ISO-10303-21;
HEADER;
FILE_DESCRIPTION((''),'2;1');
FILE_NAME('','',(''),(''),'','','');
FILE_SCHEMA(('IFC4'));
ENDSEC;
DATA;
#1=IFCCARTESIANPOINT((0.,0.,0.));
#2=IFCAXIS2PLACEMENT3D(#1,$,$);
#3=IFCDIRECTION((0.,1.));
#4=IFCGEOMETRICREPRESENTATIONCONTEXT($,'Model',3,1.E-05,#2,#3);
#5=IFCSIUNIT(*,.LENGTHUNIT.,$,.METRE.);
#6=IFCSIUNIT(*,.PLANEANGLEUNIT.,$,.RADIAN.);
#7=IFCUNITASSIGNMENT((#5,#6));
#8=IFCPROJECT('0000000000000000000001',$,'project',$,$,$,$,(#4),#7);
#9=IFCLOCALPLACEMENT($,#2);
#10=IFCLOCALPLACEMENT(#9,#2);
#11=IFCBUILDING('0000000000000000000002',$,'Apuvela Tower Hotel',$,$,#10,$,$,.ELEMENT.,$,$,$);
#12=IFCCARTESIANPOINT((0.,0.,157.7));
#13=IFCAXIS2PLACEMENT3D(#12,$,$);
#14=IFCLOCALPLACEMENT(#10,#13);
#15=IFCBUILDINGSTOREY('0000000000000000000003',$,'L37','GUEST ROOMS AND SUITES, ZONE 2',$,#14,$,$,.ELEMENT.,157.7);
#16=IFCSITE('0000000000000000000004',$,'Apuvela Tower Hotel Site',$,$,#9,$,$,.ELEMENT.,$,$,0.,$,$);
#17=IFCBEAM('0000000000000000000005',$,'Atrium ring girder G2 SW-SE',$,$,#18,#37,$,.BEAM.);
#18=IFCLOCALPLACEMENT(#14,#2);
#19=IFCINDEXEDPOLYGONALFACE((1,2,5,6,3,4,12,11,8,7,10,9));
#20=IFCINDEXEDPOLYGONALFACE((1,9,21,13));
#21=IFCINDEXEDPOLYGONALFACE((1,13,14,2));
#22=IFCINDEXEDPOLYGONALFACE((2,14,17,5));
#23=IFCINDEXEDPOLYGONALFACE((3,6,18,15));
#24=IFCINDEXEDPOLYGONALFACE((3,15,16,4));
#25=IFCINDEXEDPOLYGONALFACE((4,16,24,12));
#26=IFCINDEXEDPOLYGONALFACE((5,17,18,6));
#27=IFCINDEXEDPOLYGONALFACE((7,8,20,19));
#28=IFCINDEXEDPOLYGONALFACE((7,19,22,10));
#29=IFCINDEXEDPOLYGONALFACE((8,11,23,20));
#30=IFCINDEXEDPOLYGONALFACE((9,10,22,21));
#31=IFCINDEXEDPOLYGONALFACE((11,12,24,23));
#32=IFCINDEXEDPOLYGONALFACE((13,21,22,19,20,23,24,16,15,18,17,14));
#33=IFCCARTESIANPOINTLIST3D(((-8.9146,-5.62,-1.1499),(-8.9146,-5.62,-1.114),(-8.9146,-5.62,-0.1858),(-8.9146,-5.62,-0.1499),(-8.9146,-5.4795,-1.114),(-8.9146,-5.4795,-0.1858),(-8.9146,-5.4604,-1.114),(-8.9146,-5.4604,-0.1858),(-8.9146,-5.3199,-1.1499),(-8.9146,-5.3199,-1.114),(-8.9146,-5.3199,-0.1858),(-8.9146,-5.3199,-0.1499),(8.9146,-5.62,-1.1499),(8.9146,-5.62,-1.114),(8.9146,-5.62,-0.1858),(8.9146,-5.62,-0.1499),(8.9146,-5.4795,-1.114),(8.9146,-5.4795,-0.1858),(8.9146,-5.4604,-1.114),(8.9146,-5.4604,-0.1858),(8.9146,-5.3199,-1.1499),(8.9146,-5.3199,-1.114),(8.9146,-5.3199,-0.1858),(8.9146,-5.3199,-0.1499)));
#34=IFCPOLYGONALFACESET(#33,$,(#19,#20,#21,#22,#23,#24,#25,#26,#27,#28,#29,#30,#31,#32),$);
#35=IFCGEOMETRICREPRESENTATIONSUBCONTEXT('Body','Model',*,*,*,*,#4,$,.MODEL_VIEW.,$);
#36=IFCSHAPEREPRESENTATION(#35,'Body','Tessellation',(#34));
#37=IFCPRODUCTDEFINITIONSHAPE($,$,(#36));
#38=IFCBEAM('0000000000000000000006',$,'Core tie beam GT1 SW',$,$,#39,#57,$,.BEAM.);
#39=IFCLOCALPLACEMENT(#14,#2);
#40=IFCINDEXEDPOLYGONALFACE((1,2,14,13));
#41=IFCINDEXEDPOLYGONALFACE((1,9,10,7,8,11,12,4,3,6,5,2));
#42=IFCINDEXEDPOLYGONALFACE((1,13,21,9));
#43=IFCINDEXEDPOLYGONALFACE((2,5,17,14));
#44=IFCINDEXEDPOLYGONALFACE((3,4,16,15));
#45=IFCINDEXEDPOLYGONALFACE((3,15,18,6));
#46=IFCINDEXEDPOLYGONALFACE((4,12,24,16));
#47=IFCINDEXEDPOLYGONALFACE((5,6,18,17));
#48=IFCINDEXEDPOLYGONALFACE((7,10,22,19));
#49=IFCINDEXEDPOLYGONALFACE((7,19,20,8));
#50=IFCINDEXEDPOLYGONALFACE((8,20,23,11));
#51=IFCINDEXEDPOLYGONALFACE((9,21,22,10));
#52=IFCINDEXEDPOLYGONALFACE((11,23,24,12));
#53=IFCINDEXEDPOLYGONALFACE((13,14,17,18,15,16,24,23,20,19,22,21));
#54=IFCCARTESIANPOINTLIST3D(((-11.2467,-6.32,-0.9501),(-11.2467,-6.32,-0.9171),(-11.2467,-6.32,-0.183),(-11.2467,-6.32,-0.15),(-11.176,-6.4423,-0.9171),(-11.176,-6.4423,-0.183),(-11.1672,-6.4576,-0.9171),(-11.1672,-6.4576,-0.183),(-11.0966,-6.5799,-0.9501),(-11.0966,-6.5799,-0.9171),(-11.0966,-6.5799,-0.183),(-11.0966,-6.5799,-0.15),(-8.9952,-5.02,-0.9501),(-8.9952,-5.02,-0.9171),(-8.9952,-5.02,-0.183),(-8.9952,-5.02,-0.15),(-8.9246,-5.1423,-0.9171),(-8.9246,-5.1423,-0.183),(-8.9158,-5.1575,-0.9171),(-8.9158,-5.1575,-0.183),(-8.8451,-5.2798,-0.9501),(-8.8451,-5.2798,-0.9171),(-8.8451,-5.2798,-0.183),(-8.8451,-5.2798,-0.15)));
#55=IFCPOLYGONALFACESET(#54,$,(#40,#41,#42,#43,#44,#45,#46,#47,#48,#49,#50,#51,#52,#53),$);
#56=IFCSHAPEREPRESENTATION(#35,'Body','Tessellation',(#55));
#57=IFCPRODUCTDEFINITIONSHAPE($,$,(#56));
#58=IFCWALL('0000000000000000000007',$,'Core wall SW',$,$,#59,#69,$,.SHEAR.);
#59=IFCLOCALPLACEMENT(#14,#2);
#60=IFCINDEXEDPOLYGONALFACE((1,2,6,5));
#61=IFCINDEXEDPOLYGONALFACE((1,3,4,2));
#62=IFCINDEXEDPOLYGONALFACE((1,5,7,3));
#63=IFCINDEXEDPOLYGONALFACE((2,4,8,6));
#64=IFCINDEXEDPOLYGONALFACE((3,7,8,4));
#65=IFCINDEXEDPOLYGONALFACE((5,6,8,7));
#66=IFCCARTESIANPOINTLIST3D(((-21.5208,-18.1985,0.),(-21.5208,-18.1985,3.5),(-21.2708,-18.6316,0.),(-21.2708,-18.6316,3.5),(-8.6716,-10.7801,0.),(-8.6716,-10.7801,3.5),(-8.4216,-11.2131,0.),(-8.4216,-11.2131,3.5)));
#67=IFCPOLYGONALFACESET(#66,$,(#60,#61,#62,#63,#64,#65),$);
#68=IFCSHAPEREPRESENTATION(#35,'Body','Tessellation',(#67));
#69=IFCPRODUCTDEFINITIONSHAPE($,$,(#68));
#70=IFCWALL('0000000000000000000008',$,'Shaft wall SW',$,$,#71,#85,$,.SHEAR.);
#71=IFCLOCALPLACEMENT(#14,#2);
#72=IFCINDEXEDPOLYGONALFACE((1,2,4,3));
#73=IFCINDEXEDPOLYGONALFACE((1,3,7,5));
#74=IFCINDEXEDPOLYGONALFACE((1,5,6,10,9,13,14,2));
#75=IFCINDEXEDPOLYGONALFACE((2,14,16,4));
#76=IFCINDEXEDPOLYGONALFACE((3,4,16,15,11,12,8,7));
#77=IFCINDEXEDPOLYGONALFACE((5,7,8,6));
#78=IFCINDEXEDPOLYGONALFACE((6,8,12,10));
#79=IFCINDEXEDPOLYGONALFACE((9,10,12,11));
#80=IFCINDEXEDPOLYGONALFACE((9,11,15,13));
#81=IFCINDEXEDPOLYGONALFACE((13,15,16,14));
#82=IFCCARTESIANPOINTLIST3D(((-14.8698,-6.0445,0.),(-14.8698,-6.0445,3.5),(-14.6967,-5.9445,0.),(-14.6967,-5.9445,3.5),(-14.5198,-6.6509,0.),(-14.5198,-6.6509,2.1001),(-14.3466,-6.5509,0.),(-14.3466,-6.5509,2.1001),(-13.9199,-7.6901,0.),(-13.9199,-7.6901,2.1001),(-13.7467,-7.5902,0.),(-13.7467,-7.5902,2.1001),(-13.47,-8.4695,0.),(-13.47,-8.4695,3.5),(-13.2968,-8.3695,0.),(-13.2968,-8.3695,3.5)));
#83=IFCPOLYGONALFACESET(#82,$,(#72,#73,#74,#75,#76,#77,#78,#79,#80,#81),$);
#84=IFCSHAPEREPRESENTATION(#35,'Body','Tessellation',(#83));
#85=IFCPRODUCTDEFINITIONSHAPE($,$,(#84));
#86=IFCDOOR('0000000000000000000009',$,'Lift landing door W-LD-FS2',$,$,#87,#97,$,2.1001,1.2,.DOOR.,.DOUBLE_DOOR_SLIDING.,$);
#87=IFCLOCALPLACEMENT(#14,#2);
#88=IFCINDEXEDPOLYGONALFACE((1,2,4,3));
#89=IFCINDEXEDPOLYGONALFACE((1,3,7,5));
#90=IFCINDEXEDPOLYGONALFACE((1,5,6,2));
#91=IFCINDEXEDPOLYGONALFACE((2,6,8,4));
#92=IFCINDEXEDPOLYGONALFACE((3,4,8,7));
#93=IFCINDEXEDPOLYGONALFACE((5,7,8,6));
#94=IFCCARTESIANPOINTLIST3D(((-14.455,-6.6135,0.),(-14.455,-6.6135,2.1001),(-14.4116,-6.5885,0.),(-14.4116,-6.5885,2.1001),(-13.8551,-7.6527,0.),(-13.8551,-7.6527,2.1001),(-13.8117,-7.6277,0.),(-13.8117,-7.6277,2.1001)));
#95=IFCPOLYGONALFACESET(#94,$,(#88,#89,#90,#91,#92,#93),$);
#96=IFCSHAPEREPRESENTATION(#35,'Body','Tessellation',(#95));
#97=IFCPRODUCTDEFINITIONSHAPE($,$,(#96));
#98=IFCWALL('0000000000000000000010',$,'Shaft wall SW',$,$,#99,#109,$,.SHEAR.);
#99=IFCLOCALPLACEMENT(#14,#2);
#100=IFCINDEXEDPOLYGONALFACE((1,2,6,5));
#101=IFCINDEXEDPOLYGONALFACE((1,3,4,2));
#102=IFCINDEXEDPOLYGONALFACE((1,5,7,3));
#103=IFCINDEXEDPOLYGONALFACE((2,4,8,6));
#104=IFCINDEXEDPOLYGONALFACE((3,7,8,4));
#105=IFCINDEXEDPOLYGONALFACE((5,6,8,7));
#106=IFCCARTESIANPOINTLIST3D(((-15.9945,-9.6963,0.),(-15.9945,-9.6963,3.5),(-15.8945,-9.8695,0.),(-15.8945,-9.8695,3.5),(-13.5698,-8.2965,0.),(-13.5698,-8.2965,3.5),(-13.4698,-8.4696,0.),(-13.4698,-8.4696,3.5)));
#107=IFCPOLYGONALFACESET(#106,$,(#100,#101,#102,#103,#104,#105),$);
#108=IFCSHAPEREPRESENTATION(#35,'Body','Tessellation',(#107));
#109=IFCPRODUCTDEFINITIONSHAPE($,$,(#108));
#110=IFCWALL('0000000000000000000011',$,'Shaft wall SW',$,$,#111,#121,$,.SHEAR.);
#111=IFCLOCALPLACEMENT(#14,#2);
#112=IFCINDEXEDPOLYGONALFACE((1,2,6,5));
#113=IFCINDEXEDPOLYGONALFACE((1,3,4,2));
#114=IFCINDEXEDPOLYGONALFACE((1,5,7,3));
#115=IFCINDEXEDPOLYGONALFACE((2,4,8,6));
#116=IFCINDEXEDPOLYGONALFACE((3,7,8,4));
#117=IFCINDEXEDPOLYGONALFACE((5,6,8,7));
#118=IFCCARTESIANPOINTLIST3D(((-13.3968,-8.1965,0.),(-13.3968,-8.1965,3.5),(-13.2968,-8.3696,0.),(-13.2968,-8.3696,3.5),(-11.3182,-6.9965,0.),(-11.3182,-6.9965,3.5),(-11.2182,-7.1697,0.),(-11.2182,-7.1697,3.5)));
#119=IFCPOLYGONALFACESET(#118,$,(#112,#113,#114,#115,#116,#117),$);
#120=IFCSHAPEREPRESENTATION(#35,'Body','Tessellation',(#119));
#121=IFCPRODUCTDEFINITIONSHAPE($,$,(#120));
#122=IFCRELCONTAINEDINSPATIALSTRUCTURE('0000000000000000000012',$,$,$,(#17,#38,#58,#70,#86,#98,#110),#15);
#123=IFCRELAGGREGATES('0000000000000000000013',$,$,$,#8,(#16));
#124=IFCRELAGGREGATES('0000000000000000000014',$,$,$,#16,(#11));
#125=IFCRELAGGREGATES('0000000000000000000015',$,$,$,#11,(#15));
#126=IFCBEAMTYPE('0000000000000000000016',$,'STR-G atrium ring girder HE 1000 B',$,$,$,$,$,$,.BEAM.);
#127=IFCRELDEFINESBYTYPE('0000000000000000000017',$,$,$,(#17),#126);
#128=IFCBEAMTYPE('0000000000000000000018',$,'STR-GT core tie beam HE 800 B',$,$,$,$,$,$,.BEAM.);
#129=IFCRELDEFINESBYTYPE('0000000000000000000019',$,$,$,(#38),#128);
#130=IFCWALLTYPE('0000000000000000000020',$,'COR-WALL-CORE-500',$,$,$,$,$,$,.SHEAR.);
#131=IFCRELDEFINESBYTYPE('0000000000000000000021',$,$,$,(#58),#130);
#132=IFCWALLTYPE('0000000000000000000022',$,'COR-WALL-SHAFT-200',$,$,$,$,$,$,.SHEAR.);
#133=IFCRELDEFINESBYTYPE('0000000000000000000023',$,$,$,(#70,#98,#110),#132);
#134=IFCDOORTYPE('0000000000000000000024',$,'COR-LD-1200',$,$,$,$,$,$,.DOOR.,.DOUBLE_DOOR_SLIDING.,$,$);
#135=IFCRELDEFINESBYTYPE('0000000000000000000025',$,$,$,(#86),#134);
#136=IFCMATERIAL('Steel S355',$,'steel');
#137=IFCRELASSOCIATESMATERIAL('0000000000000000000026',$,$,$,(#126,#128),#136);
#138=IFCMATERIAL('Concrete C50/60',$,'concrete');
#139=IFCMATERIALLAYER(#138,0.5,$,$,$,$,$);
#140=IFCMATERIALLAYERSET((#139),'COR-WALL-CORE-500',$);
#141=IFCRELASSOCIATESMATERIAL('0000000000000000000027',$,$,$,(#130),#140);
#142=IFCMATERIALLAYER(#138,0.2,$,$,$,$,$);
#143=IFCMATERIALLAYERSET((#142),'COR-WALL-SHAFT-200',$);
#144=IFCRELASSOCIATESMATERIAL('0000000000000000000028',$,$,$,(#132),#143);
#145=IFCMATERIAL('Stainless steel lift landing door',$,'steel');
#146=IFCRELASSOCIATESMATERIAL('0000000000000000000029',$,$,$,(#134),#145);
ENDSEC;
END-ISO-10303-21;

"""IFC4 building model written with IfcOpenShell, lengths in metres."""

from ifc_helpers import new_model, si_unit, direction, frame, frame_2d, origin, origin_2d, place, context, subcontext, project, spatial, rectangle, i_section, extrude, material, layer, layer_set, material_profile, profile_set, type_object, element, fill, save


model = new_model("IFC4")

# Units and contexts
model_context = context("Model", 3, precision=1e-05, world=origin(), true_north=direction((0.0, 1.0)))
body_context = subcontext(model_context, "Body", "Model", "MODEL_VIEW")
ifc_project = project(units=[si_unit("LENGTHUNIT", "METRE"), si_unit("PLANEANGLEUNIT", "RADIAN")], contexts=[model_context])

# Site, building, storey
site_placement = place(None, origin())
site = spatial("IfcSite", under=ifc_project, at=site_placement, Name="Apuvela Tower Hotel Site", CompositionType="ELEMENT", RefElevation=0.0)
building_placement = place(site_placement, origin())
building = spatial("IfcBuilding", under=site, at=building_placement, Name="Apuvela Tower Hotel", CompositionType="ELEMENT")
storey_placement = place(building_placement, frame((0.0, 0.0, 157.7)))
storey = spatial("IfcBuildingStorey", under=building, at=storey_placement, Name="L37", Description="GUEST ROOMS AND SUITES, ZONE 2", CompositionType="ELEMENT", Elevation=157.7)

# Beams
ifc_material_1 = material(Name="Steel S355", Category="steel")
ifc_material_profile_1 = material_profile(ifc_material_1, i_section(OverallWidth=0.3, OverallDepth=1.0, WebThickness=0.019, FlangeThickness=0.0359, at=origin_2d()), Name="HE 1000 B")
ifc_profile_set_1 = profile_set([ifc_material_profile_1], Name="Steel S355")
beam_type_1 = type_object("IfcBeamType", Name="STR-G atrium ring girder HE 1000 B", PredefinedType="BEAM", material=ifc_profile_set_1)
beam_1_placement = place(storey_placement, frame((-8.9146, -5.47, -0.6499), z_axis=(1.0, 0.0, 0.0), x_axis=(0.0, 1.0, 0.0)))
element("IfcBeam", 1, at=beam_1_placement, inside=storey, type_object=beam_type_1, Name="Atrium ring girder G2 SW-SE", PredefinedType="BEAM", context=body_context, shape_type="SweptSolid", body=[
    extrude(i_section(OverallWidth=0.3, OverallDepth=1.0, WebThickness=0.019, FlangeThickness=0.0359, at=origin_2d()), origin(), (0.0, 0.0, 1.0), 17.8291),
])
ifc_material_profile_2 = material_profile(ifc_material_1, i_section(OverallWidth=0.3, OverallDepth=0.8, WebThickness=0.0176, FlangeThickness=0.033, at=origin_2d()), Name="HE 800 B")
ifc_profile_set_2 = profile_set([ifc_material_profile_2], Name="Steel S355")
beam_type_2 = type_object("IfcBeamType", Name="STR-GT core tie beam HE 800 B", PredefinedType="BEAM", material=ifc_profile_set_2)
beam_2_placement = place(storey_placement, frame((-11.1716, -6.45, -0.55), z_axis=(0.865998, 0.500048, 0.0), x_axis=(-0.500048, 0.865998, 0.0)))
element("IfcBeam", 2, at=beam_2_placement, inside=storey, type_object=beam_type_2, Name="Core tie beam GT1 SW", PredefinedType="BEAM", context=body_context, shape_type="SweptSolid", body=[
    extrude(i_section(OverallWidth=0.3, OverallDepth=0.8, WebThickness=0.0176, FlangeThickness=0.033, at=origin_2d()), origin(), (0.0, 0.0, 1.0), 2.5999),
])

# Wall
ifc_material_2 = material(Name="Concrete C50/60", Category="concrete")
ifc_layer_1 = layer(ifc_material_2, 0.5)
ifc_layer_set_1 = layer_set([ifc_layer_1], Name="COR-WALL-CORE-500")
wall_type_1 = type_object("IfcWallType", Name="COR-WALL-CORE-500", PredefinedType="SHEAR", material=ifc_layer_set_1)
wall_1_placement = place(storey_placement, frame((-8.5466, -10.9966, 0.0), z_axis=(0.0, 0.0, 1.0), x_axis=(-0.866025, -0.500001, 0.0)))
element("IfcWall", 3, at=wall_1_placement, inside=storey, type_object=wall_type_1, Name="Core wall SW", PredefinedType="SHEAR", context=body_context, shape_type="SweptSolid", body=[
    extrude(rectangle(XDim=14.8369, YDim=0.5, at=frame_2d((7.4185, 0.0))), origin(), (0.0, 0.0, 1.0), 3.5),
])

# Wall, opening, door
ifc_layer_2 = layer(ifc_material_2, 0.2)
ifc_layer_set_2 = layer_set([ifc_layer_2], Name="COR-WALL-SHAFT-200")
wall_type_2 = type_object("IfcWallType", Name="COR-WALL-SHAFT-200", PredefinedType="SHEAR", material=ifc_layer_set_2)
wall_2_placement = place(storey_placement, frame((-14.7832, -5.9946, 0.0), z_axis=(0.0, 0.0, 1.0), x_axis=(0.499946, -0.866056, 0.0)))
wall_2 = element("IfcWall", 4, at=wall_2_placement, inside=storey, type_object=wall_type_2, Name="Shaft wall SW", PredefinedType="SHEAR", context=body_context, shape_type="SweptSolid", body=[
    extrude(rectangle(XDim=2.8, YDim=0.2, at=frame_2d((1.3999, 0.0))), origin(), (0.0, 0.0, 1.0), 3.5),
])
opening_1_placement = place(wall_2_placement, frame((0.7, 0.0, 0.0)))
opening_1 = element("IfcOpeningElement", 5, at=opening_1_placement, cuts=wall_2, PredefinedType="OPENING", context=body_context, shape_type="SweptSolid", body=[
    extrude(rectangle(XDim=1.2, YDim=2.1001, at=frame_2d((0.6001, 1.05))), frame((0.0, 0.1099, 0.0), z_axis=(0.0, -1.0, 0.0), x_axis=(1.0, 0.0, 0.0)), (0.0, 0.0, 1.0), 0.22),
])
ifc_material_3 = material(Name="Stainless steel lift landing door", Category="steel")
door_type_1 = type_object("IfcDoorType", Name="COR-LD-1200", OperationType="DOUBLE_DOOR_SLIDING", PredefinedType="DOOR", material=ifc_material_3)
door_1_placement = place(opening_1_placement, origin())
door_1 = element("IfcDoor", 6, at=door_1_placement, inside=storey, type_object=door_type_1, Name="Lift landing door W-LD-FS2", OperationType="DOUBLE_DOOR_SLIDING", OverallHeight=2.1001, OverallWidth=1.2, PredefinedType="DOOR", context=body_context, shape_type="SweptSolid", body=[
    extrude(rectangle(XDim=1.2, YDim=2.1001, at=frame_2d((0.6001, 1.05))), frame((0.0, 0.0249, 0.0), z_axis=(0.0, -1.0, 0.0), x_axis=(1.0, 0.0, 0.0)), (0.0, 0.0, 1.0), 0.05),
])
fill(opening_1, door_1)

# Walls
wall_3_placement = place(storey_placement, frame((-13.5198, -8.3831, 0.0), z_axis=(0.0, 0.0, 1.0), x_axis=(-0.866035, -0.499984, 0.0)))
element("IfcWall", 7, at=wall_3_placement, inside=storey, type_object=wall_type_2, Name="Shaft wall SW", PredefinedType="SHEAR", context=body_context, shape_type="SweptSolid", body=[
    extrude(rectangle(XDim=2.7998, YDim=0.2, at=frame_2d((1.3999, 0.0))), origin(), (0.0, 0.0, 1.0), 3.5),
])
wall_4_placement = place(storey_placement, frame((-11.2681, -7.083, 0.0), z_axis=(0.0, 0.0, 1.0), x_axis=(-0.86605, -0.499957, 0.0)))
element("IfcWall", 8, at=wall_4_placement, inside=storey, type_object=wall_type_2, Name="Shaft wall SW", PredefinedType="SHEAR", context=body_context, shape_type="SweptSolid", body=[
    extrude(rectangle(XDim=2.4001, YDim=0.2, at=frame_2d((1.2002, 0.0))), origin(), (0.0, 0.0, 1.0), 3.5),
])

save(model, "model.ifc")
